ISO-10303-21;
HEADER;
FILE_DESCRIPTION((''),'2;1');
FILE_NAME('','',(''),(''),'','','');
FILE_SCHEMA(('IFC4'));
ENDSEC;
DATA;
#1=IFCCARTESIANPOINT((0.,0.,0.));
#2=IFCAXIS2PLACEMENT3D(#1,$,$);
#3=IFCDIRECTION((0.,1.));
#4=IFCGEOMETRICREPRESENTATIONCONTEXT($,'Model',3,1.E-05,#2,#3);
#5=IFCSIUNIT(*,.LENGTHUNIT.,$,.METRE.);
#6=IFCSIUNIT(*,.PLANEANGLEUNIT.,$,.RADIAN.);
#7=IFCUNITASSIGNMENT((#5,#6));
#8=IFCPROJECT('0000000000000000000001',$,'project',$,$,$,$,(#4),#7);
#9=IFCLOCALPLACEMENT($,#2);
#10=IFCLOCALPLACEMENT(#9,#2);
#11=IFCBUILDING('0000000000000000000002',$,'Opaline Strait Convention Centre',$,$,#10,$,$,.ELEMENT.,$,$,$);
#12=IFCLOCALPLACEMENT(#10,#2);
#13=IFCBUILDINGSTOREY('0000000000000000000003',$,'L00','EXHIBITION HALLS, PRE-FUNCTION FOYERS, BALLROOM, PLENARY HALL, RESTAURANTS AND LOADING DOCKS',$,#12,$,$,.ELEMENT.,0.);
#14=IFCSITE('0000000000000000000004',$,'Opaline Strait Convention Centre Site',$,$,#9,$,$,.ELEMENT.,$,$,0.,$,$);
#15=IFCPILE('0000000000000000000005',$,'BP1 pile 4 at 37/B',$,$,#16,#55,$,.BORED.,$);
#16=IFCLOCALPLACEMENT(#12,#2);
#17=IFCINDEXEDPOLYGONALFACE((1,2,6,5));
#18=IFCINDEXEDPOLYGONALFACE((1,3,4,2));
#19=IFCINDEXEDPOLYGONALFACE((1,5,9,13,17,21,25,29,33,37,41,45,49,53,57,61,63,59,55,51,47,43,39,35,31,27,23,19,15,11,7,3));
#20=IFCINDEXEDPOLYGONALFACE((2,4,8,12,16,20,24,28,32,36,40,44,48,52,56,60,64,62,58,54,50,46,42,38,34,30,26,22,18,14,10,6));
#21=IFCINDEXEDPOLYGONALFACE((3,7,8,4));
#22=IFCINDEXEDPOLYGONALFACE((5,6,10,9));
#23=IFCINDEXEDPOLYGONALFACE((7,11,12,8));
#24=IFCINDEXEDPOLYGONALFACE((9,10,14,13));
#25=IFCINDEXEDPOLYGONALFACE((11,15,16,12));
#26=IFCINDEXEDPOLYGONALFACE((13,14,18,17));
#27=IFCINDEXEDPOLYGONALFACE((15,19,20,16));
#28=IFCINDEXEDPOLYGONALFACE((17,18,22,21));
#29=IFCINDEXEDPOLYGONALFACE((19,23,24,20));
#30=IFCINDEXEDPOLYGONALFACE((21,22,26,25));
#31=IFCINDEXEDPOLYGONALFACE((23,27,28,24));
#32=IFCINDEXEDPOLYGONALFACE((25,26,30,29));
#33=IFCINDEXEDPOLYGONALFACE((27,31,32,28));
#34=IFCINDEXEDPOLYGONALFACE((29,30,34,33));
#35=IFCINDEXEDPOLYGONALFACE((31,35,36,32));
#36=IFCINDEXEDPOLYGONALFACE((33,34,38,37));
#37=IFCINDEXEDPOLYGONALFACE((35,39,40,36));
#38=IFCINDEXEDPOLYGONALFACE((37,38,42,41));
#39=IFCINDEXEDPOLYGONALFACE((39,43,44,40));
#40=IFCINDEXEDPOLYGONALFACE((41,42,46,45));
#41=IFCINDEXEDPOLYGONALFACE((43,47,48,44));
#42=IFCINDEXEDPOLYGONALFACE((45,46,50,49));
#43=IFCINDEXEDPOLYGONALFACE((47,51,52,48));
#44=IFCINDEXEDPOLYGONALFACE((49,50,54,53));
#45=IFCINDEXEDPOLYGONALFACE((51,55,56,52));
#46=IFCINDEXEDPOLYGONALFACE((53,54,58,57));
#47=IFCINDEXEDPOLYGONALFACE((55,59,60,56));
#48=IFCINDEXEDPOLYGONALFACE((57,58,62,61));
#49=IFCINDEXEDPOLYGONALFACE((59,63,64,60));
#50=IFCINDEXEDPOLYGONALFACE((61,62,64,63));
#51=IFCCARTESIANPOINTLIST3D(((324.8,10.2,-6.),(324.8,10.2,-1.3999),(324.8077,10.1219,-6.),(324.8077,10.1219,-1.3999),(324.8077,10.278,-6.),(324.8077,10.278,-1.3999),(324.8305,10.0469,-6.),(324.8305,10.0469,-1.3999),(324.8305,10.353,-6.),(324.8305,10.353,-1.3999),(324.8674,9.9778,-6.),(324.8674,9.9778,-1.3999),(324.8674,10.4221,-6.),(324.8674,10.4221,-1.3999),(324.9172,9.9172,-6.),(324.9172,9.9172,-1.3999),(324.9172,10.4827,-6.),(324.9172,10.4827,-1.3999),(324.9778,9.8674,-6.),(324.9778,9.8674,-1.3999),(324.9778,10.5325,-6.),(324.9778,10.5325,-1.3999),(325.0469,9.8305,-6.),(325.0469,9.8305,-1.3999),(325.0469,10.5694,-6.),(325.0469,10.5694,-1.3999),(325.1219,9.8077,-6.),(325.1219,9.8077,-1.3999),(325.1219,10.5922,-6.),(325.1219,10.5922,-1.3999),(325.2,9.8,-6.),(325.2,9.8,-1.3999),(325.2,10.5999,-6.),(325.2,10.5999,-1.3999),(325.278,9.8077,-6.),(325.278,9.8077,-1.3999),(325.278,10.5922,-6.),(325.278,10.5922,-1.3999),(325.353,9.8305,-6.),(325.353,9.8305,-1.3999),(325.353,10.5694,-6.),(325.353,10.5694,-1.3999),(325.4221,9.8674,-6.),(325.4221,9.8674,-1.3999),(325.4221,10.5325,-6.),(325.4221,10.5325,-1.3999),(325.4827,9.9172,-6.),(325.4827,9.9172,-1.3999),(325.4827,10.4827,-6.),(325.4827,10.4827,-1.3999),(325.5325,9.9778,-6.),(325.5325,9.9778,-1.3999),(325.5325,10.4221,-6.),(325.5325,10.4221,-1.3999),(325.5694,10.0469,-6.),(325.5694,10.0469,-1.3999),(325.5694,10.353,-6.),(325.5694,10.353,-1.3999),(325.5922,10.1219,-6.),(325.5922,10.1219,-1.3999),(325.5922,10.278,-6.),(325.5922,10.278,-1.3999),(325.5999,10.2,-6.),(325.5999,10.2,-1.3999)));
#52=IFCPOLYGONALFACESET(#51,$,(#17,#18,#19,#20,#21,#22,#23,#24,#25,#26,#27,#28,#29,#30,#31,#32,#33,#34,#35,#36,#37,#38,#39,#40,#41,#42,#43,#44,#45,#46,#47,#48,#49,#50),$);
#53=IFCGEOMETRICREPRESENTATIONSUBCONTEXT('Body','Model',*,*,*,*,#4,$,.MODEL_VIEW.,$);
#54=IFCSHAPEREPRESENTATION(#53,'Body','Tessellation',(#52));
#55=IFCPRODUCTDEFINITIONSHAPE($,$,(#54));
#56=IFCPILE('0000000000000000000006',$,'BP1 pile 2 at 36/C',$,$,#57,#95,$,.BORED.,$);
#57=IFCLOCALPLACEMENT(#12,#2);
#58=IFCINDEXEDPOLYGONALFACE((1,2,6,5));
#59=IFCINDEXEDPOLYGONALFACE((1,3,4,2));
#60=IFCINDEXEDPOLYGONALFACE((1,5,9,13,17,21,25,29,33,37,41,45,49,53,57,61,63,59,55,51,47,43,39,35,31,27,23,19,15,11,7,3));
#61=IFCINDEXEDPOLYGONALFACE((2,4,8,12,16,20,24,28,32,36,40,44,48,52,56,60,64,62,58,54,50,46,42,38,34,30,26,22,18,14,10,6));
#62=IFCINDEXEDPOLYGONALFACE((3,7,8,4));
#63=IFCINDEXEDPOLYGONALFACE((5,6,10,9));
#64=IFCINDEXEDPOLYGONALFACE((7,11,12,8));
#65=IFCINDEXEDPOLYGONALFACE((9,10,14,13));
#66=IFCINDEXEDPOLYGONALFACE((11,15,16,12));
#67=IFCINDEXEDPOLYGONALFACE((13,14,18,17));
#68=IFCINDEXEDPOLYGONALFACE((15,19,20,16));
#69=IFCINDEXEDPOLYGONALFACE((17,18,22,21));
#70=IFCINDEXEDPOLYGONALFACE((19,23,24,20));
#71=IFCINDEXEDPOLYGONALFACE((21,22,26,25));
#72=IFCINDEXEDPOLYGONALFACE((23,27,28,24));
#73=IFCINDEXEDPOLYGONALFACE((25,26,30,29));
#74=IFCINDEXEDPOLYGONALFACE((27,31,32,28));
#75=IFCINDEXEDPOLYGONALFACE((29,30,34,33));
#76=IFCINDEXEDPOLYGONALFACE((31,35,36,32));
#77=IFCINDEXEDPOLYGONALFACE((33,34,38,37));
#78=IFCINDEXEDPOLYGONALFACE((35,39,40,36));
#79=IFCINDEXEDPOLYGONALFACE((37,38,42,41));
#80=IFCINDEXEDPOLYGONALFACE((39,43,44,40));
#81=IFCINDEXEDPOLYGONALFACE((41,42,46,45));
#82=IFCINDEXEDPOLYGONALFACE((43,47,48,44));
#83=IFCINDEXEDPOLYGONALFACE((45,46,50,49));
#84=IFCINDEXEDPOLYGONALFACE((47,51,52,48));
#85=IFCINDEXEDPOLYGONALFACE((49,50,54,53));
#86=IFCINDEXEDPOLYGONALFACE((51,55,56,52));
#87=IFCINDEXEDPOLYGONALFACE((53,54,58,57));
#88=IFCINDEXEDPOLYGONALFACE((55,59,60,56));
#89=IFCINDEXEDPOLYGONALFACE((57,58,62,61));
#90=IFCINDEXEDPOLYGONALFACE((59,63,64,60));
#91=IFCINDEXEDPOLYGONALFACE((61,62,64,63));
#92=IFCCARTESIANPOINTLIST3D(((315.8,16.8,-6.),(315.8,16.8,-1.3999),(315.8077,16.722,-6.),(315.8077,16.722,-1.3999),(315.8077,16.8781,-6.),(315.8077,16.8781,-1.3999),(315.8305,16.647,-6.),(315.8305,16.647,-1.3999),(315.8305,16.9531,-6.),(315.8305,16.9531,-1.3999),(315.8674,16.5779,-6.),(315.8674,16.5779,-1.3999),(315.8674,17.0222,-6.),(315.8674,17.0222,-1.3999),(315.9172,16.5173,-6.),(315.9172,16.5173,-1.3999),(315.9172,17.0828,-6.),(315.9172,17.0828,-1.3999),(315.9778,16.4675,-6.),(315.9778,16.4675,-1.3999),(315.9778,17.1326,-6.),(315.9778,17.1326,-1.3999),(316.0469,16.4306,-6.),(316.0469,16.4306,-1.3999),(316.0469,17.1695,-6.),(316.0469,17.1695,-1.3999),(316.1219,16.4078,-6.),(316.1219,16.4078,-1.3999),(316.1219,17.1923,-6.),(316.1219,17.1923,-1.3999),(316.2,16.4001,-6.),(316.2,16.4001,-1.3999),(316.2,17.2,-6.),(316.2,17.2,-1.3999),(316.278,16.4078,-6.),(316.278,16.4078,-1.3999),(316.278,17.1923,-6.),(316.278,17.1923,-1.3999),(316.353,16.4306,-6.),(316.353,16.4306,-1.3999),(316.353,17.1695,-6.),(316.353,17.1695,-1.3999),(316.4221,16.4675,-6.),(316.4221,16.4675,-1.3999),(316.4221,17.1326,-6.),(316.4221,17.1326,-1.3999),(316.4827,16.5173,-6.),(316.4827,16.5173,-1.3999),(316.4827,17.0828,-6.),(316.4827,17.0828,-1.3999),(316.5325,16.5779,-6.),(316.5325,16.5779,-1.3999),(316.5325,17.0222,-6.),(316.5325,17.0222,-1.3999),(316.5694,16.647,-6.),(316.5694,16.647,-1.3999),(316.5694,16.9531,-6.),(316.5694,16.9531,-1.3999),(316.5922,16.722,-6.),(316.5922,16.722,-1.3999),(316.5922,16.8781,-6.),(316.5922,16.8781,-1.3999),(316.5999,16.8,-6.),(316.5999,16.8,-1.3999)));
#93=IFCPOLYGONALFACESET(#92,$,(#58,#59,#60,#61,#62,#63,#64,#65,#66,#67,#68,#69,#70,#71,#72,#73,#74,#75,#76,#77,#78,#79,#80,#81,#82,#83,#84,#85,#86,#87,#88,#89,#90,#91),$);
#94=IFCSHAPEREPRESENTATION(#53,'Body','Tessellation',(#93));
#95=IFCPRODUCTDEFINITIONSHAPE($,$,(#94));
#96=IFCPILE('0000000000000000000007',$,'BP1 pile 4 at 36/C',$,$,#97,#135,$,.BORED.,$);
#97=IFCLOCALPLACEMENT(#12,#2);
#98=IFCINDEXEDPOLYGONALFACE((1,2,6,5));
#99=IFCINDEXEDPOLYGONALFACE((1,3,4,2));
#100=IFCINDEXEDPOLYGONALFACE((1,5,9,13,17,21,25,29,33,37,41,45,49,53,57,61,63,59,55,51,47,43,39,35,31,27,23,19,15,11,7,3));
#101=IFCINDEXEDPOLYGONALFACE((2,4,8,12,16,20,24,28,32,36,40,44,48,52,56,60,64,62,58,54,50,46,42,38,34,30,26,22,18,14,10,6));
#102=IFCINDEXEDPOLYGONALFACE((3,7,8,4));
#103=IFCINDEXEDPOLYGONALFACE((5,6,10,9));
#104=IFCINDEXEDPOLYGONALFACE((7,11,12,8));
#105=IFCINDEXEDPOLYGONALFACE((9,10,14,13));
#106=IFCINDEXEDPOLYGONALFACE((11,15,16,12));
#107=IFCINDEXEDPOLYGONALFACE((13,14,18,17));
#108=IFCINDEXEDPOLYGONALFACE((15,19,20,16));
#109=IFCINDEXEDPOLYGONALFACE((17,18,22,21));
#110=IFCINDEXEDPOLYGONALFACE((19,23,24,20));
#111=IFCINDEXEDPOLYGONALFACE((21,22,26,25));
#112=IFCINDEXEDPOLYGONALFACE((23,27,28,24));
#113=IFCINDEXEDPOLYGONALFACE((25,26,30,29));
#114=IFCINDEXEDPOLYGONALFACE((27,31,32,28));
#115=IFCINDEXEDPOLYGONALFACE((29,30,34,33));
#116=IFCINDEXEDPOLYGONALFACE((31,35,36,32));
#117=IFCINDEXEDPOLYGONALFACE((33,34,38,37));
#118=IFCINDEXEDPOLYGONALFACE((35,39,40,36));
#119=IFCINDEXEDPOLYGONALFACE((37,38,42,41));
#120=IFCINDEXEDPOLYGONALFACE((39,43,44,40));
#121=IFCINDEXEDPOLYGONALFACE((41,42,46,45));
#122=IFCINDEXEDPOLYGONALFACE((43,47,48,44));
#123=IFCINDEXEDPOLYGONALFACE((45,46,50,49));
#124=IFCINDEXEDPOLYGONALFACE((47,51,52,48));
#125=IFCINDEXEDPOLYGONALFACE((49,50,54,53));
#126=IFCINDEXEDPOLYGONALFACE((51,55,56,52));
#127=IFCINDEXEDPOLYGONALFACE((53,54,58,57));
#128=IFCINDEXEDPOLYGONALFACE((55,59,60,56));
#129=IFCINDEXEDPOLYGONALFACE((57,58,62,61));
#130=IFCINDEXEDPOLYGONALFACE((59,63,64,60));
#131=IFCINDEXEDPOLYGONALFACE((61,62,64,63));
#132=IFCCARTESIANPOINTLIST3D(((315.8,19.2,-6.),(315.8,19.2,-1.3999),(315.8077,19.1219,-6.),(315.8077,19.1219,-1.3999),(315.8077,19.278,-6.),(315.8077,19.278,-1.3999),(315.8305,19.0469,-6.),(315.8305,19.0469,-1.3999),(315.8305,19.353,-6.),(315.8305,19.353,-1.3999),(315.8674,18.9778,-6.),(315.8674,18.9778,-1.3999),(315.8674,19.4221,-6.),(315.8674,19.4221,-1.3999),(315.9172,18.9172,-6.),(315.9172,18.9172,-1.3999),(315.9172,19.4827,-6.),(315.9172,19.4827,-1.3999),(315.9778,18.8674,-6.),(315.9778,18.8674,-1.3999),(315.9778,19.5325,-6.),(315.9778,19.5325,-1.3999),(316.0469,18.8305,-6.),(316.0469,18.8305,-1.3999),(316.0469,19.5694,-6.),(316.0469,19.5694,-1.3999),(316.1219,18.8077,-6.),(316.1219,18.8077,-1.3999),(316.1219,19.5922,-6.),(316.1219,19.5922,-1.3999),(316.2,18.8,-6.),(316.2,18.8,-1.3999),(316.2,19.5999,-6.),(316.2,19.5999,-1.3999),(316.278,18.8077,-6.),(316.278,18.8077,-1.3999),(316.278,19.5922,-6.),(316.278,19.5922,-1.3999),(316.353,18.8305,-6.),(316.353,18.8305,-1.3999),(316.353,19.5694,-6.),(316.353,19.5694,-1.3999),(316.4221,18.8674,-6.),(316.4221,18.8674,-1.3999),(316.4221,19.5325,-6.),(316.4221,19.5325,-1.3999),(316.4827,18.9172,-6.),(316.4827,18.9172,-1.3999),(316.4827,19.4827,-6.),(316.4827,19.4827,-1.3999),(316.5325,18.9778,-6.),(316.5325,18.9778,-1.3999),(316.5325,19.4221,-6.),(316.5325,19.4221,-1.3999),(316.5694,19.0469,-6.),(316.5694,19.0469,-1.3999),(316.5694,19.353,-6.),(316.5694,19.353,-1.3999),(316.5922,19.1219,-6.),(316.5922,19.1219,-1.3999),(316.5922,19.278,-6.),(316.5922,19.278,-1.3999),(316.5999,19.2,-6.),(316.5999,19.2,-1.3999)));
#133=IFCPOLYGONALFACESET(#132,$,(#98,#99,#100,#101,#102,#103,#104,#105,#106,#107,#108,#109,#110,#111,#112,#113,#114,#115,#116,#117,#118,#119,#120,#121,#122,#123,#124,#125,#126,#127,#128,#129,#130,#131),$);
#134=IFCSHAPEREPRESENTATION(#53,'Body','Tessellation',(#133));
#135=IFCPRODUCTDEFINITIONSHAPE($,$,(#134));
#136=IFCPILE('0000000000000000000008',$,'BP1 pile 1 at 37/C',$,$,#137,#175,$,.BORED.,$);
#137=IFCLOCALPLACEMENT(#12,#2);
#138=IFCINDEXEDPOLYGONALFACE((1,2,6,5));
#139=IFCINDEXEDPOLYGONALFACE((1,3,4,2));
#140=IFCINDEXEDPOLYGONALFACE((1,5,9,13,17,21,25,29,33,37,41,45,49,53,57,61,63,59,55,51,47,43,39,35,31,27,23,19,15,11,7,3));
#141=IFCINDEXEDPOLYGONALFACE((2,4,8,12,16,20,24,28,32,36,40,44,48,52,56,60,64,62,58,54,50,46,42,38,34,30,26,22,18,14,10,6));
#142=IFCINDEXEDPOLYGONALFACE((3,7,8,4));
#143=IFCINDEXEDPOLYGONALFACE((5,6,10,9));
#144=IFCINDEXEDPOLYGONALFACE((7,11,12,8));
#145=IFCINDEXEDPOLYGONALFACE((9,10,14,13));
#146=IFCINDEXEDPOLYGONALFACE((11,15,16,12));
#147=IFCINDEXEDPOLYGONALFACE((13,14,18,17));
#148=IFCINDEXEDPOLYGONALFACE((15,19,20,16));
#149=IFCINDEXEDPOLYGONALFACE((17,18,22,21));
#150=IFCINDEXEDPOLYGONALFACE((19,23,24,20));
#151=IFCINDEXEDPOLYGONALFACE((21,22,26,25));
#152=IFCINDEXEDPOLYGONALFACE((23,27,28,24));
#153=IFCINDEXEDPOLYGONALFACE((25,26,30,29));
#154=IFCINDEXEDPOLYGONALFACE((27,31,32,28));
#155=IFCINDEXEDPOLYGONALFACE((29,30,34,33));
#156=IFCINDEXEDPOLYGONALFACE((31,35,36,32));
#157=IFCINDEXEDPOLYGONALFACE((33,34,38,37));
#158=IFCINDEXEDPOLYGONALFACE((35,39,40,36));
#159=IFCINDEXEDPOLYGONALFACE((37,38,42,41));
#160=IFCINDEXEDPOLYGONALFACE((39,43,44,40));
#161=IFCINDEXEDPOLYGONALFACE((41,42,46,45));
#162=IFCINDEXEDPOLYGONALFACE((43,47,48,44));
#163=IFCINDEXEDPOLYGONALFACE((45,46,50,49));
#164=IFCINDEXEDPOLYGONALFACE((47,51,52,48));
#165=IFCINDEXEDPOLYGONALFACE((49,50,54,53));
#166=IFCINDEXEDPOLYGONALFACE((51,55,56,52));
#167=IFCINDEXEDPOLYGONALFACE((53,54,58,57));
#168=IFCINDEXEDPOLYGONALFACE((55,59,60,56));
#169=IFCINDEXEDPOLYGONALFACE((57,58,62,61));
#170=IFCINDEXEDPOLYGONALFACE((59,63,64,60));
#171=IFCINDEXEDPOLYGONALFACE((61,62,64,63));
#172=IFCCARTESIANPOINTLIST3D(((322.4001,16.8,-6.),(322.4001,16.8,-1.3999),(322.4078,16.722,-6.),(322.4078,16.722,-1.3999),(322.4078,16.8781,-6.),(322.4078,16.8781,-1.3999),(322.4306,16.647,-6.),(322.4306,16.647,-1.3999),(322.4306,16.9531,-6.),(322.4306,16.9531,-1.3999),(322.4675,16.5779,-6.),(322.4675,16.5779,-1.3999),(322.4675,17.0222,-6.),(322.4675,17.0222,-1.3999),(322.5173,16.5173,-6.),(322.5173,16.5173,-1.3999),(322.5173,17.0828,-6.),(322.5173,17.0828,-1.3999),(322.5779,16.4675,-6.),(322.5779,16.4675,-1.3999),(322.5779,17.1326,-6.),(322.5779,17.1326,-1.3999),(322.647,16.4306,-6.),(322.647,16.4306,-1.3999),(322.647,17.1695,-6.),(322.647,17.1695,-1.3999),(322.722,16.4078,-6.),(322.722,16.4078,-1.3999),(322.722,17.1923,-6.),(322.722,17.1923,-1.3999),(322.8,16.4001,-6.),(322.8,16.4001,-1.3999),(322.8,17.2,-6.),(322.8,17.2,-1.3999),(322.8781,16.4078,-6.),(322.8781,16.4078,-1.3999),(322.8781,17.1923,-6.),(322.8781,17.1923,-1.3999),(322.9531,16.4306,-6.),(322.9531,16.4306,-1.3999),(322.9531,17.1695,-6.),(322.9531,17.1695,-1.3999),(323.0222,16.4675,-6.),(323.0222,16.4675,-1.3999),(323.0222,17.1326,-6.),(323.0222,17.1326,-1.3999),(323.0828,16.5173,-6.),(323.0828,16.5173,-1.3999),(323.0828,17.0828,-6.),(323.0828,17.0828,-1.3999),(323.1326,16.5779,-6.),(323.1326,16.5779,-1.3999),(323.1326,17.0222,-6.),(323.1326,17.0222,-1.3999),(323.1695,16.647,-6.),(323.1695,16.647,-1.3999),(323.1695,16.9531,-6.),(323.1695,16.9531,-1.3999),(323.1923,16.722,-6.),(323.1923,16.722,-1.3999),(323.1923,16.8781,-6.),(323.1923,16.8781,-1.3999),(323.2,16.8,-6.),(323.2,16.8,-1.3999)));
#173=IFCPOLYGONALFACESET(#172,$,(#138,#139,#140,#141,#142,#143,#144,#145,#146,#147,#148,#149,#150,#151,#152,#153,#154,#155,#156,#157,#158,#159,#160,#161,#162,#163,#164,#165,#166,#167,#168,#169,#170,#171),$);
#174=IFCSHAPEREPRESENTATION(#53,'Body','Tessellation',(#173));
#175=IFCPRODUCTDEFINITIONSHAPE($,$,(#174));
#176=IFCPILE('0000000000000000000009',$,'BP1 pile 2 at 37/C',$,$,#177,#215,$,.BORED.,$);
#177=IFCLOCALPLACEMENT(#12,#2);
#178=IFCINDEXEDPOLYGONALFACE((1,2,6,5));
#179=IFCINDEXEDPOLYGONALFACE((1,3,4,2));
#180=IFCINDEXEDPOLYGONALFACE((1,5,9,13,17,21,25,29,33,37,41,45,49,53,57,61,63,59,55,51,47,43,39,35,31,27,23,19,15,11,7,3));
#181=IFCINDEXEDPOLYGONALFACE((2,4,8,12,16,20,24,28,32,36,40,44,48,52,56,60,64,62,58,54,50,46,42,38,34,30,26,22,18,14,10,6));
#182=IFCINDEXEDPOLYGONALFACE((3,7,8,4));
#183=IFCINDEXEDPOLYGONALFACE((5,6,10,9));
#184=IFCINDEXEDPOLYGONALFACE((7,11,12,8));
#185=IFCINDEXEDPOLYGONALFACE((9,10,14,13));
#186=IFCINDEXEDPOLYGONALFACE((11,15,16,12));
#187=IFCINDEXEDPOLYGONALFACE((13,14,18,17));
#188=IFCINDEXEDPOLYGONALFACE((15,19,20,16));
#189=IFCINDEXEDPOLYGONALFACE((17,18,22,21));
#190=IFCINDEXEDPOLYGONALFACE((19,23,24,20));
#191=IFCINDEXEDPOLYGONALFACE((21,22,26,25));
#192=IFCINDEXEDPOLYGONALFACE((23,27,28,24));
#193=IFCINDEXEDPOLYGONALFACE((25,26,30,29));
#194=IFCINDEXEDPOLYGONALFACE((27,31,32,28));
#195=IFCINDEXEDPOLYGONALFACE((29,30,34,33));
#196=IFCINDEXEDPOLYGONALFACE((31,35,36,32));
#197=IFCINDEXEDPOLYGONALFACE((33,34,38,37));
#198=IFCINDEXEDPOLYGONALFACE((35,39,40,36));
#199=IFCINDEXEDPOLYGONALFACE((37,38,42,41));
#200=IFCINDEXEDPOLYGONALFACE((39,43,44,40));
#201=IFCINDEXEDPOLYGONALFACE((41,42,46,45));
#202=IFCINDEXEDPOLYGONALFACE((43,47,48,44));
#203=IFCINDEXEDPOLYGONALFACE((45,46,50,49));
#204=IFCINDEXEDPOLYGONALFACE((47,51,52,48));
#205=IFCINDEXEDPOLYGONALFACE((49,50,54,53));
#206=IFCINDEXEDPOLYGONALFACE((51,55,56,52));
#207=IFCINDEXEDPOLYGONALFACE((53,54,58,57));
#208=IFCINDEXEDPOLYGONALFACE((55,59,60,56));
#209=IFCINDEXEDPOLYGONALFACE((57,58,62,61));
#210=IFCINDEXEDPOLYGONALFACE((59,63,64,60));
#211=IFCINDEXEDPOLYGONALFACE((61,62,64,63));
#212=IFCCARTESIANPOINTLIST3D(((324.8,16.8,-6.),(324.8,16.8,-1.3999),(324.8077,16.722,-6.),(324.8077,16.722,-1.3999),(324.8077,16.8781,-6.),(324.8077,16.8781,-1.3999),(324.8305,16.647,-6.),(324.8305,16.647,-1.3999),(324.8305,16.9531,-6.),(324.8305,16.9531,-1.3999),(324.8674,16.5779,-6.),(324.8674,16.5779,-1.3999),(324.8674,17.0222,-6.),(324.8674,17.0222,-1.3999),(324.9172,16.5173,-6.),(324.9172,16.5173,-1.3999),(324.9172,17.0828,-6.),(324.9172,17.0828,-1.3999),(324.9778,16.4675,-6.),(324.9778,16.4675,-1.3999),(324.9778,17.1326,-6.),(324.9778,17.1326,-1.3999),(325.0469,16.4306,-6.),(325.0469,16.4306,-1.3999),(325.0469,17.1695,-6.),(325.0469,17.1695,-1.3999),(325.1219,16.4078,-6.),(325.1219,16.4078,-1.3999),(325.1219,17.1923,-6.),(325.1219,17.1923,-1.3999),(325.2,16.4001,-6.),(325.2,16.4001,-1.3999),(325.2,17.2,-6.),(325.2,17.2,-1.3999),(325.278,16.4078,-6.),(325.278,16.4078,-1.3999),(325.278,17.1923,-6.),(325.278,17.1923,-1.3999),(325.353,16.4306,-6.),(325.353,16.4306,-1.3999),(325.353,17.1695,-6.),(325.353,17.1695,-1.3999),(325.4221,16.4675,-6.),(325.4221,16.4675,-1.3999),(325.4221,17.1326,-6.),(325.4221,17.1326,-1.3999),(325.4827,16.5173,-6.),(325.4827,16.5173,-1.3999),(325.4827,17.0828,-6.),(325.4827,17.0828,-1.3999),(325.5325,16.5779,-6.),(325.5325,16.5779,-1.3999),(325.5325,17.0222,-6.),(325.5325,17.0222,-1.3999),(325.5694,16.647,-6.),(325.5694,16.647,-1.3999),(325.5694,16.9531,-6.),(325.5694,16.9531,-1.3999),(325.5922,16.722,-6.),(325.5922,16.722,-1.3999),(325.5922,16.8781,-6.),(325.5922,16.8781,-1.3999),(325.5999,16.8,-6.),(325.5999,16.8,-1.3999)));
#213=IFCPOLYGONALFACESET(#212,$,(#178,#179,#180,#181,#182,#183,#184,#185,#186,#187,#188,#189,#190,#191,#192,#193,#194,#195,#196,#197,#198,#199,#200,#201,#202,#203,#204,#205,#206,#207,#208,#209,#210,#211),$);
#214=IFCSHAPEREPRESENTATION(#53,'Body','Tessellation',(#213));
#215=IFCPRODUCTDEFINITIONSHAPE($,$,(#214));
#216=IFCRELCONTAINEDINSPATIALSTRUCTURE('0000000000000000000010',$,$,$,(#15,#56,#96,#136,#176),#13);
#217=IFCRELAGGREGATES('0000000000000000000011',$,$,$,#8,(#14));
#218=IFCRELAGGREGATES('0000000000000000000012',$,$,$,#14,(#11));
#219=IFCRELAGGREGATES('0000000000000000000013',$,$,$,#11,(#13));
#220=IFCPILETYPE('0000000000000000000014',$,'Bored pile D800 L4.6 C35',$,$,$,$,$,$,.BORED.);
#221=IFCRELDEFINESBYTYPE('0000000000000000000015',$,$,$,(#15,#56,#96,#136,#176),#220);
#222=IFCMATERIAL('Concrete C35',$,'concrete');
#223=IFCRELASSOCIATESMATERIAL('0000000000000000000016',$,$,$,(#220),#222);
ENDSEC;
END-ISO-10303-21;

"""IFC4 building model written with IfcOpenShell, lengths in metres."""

from ifc_helpers import new_model, si_unit, direction, frame, origin, origin_2d, place, context, subcontext, project, spatial, circle, extrude, material, material_profile, profile_set, type_object, element, save


model = new_model("IFC4")

# Units and contexts
model_context = context("Model", 3, precision=1e-05, world=origin(), true_north=direction((0.0, 1.0)))
body_context = subcontext(model_context, "Body", "Model", "MODEL_VIEW")
ifc_project = project(units=[si_unit("LENGTHUNIT", "METRE"), si_unit("PLANEANGLEUNIT", "RADIAN")], contexts=[model_context])

# Site, building, storey
site_placement = place(None, origin())
site = spatial("IfcSite", under=ifc_project, at=site_placement, Name="Opaline Strait Convention Centre Site", CompositionType="ELEMENT", RefElevation=0.0)
building_placement = place(site_placement, origin())
building = spatial("IfcBuilding", under=site, at=building_placement, Name="Opaline Strait Convention Centre", CompositionType="ELEMENT")
storey_placement = place(building_placement, origin())
storey = spatial("IfcBuildingStorey", under=building, at=storey_placement, Name="L00", Description="EXHIBITION HALLS, PRE-FUNCTION FOYERS, BALLROOM, PLENARY HALL, RESTAURANTS AND LOADING DOCKS", CompositionType="ELEMENT", Elevation=0.0)

# Piles
ifc_material_1 = material(Name="Concrete C35", Category="concrete")
ifc_material_profile_1 = material_profile(ifc_material_1, circle(Radius=0.3999, at=origin_2d()), Name="D800")
ifc_profile_set_1 = profile_set([ifc_material_profile_1], Name="Concrete C35")
pile_type = type_object("IfcPileType", Name="Bored pile D800 L4.6 C35", PredefinedType="BORED", material=ifc_profile_set_1)
for number, where, z_axis, x_axis, name in (
    (1, (325.2, 10.2, -1.3999), (0.0, 0.0, -1.0), (1.0, 0.0, 0.0), "BP1 pile 4 at 37/B"),
    (2, (316.2, 16.8, -1.3999), (0.0, 0.0, -1.0), (1.0, 0.0, 0.0), "BP1 pile 2 at 36/C"),
    (3, (316.2, 19.2, -1.3999), (0.0, 0.0, -1.0), (1.0, 0.0, 0.0), "BP1 pile 4 at 36/C"),
    (4, (322.8, 16.8, -1.3999), (0.0, 0.0, -1.0), (1.0, 0.0, 0.0), "BP1 pile 1 at 37/C"),
    (5, (325.2, 16.8, -1.3999), (0.0, 0.0, -1.0), (1.0, 0.0, 0.0), "BP1 pile 2 at 37/C"),
):
    element("IfcPile", number, at=place(storey_placement, frame(where, z_axis=z_axis, x_axis=x_axis)), inside=storey, type_object=pile_type, Name=name, PredefinedType="BORED", context=body_context, shape_type="SweptSolid", body=[
        extrude(circle(Radius=0.3999, at=origin_2d()), origin(), (0.0, 0.0, 1.0), 4.6001),
    ])

save(model, "model.ifc")
